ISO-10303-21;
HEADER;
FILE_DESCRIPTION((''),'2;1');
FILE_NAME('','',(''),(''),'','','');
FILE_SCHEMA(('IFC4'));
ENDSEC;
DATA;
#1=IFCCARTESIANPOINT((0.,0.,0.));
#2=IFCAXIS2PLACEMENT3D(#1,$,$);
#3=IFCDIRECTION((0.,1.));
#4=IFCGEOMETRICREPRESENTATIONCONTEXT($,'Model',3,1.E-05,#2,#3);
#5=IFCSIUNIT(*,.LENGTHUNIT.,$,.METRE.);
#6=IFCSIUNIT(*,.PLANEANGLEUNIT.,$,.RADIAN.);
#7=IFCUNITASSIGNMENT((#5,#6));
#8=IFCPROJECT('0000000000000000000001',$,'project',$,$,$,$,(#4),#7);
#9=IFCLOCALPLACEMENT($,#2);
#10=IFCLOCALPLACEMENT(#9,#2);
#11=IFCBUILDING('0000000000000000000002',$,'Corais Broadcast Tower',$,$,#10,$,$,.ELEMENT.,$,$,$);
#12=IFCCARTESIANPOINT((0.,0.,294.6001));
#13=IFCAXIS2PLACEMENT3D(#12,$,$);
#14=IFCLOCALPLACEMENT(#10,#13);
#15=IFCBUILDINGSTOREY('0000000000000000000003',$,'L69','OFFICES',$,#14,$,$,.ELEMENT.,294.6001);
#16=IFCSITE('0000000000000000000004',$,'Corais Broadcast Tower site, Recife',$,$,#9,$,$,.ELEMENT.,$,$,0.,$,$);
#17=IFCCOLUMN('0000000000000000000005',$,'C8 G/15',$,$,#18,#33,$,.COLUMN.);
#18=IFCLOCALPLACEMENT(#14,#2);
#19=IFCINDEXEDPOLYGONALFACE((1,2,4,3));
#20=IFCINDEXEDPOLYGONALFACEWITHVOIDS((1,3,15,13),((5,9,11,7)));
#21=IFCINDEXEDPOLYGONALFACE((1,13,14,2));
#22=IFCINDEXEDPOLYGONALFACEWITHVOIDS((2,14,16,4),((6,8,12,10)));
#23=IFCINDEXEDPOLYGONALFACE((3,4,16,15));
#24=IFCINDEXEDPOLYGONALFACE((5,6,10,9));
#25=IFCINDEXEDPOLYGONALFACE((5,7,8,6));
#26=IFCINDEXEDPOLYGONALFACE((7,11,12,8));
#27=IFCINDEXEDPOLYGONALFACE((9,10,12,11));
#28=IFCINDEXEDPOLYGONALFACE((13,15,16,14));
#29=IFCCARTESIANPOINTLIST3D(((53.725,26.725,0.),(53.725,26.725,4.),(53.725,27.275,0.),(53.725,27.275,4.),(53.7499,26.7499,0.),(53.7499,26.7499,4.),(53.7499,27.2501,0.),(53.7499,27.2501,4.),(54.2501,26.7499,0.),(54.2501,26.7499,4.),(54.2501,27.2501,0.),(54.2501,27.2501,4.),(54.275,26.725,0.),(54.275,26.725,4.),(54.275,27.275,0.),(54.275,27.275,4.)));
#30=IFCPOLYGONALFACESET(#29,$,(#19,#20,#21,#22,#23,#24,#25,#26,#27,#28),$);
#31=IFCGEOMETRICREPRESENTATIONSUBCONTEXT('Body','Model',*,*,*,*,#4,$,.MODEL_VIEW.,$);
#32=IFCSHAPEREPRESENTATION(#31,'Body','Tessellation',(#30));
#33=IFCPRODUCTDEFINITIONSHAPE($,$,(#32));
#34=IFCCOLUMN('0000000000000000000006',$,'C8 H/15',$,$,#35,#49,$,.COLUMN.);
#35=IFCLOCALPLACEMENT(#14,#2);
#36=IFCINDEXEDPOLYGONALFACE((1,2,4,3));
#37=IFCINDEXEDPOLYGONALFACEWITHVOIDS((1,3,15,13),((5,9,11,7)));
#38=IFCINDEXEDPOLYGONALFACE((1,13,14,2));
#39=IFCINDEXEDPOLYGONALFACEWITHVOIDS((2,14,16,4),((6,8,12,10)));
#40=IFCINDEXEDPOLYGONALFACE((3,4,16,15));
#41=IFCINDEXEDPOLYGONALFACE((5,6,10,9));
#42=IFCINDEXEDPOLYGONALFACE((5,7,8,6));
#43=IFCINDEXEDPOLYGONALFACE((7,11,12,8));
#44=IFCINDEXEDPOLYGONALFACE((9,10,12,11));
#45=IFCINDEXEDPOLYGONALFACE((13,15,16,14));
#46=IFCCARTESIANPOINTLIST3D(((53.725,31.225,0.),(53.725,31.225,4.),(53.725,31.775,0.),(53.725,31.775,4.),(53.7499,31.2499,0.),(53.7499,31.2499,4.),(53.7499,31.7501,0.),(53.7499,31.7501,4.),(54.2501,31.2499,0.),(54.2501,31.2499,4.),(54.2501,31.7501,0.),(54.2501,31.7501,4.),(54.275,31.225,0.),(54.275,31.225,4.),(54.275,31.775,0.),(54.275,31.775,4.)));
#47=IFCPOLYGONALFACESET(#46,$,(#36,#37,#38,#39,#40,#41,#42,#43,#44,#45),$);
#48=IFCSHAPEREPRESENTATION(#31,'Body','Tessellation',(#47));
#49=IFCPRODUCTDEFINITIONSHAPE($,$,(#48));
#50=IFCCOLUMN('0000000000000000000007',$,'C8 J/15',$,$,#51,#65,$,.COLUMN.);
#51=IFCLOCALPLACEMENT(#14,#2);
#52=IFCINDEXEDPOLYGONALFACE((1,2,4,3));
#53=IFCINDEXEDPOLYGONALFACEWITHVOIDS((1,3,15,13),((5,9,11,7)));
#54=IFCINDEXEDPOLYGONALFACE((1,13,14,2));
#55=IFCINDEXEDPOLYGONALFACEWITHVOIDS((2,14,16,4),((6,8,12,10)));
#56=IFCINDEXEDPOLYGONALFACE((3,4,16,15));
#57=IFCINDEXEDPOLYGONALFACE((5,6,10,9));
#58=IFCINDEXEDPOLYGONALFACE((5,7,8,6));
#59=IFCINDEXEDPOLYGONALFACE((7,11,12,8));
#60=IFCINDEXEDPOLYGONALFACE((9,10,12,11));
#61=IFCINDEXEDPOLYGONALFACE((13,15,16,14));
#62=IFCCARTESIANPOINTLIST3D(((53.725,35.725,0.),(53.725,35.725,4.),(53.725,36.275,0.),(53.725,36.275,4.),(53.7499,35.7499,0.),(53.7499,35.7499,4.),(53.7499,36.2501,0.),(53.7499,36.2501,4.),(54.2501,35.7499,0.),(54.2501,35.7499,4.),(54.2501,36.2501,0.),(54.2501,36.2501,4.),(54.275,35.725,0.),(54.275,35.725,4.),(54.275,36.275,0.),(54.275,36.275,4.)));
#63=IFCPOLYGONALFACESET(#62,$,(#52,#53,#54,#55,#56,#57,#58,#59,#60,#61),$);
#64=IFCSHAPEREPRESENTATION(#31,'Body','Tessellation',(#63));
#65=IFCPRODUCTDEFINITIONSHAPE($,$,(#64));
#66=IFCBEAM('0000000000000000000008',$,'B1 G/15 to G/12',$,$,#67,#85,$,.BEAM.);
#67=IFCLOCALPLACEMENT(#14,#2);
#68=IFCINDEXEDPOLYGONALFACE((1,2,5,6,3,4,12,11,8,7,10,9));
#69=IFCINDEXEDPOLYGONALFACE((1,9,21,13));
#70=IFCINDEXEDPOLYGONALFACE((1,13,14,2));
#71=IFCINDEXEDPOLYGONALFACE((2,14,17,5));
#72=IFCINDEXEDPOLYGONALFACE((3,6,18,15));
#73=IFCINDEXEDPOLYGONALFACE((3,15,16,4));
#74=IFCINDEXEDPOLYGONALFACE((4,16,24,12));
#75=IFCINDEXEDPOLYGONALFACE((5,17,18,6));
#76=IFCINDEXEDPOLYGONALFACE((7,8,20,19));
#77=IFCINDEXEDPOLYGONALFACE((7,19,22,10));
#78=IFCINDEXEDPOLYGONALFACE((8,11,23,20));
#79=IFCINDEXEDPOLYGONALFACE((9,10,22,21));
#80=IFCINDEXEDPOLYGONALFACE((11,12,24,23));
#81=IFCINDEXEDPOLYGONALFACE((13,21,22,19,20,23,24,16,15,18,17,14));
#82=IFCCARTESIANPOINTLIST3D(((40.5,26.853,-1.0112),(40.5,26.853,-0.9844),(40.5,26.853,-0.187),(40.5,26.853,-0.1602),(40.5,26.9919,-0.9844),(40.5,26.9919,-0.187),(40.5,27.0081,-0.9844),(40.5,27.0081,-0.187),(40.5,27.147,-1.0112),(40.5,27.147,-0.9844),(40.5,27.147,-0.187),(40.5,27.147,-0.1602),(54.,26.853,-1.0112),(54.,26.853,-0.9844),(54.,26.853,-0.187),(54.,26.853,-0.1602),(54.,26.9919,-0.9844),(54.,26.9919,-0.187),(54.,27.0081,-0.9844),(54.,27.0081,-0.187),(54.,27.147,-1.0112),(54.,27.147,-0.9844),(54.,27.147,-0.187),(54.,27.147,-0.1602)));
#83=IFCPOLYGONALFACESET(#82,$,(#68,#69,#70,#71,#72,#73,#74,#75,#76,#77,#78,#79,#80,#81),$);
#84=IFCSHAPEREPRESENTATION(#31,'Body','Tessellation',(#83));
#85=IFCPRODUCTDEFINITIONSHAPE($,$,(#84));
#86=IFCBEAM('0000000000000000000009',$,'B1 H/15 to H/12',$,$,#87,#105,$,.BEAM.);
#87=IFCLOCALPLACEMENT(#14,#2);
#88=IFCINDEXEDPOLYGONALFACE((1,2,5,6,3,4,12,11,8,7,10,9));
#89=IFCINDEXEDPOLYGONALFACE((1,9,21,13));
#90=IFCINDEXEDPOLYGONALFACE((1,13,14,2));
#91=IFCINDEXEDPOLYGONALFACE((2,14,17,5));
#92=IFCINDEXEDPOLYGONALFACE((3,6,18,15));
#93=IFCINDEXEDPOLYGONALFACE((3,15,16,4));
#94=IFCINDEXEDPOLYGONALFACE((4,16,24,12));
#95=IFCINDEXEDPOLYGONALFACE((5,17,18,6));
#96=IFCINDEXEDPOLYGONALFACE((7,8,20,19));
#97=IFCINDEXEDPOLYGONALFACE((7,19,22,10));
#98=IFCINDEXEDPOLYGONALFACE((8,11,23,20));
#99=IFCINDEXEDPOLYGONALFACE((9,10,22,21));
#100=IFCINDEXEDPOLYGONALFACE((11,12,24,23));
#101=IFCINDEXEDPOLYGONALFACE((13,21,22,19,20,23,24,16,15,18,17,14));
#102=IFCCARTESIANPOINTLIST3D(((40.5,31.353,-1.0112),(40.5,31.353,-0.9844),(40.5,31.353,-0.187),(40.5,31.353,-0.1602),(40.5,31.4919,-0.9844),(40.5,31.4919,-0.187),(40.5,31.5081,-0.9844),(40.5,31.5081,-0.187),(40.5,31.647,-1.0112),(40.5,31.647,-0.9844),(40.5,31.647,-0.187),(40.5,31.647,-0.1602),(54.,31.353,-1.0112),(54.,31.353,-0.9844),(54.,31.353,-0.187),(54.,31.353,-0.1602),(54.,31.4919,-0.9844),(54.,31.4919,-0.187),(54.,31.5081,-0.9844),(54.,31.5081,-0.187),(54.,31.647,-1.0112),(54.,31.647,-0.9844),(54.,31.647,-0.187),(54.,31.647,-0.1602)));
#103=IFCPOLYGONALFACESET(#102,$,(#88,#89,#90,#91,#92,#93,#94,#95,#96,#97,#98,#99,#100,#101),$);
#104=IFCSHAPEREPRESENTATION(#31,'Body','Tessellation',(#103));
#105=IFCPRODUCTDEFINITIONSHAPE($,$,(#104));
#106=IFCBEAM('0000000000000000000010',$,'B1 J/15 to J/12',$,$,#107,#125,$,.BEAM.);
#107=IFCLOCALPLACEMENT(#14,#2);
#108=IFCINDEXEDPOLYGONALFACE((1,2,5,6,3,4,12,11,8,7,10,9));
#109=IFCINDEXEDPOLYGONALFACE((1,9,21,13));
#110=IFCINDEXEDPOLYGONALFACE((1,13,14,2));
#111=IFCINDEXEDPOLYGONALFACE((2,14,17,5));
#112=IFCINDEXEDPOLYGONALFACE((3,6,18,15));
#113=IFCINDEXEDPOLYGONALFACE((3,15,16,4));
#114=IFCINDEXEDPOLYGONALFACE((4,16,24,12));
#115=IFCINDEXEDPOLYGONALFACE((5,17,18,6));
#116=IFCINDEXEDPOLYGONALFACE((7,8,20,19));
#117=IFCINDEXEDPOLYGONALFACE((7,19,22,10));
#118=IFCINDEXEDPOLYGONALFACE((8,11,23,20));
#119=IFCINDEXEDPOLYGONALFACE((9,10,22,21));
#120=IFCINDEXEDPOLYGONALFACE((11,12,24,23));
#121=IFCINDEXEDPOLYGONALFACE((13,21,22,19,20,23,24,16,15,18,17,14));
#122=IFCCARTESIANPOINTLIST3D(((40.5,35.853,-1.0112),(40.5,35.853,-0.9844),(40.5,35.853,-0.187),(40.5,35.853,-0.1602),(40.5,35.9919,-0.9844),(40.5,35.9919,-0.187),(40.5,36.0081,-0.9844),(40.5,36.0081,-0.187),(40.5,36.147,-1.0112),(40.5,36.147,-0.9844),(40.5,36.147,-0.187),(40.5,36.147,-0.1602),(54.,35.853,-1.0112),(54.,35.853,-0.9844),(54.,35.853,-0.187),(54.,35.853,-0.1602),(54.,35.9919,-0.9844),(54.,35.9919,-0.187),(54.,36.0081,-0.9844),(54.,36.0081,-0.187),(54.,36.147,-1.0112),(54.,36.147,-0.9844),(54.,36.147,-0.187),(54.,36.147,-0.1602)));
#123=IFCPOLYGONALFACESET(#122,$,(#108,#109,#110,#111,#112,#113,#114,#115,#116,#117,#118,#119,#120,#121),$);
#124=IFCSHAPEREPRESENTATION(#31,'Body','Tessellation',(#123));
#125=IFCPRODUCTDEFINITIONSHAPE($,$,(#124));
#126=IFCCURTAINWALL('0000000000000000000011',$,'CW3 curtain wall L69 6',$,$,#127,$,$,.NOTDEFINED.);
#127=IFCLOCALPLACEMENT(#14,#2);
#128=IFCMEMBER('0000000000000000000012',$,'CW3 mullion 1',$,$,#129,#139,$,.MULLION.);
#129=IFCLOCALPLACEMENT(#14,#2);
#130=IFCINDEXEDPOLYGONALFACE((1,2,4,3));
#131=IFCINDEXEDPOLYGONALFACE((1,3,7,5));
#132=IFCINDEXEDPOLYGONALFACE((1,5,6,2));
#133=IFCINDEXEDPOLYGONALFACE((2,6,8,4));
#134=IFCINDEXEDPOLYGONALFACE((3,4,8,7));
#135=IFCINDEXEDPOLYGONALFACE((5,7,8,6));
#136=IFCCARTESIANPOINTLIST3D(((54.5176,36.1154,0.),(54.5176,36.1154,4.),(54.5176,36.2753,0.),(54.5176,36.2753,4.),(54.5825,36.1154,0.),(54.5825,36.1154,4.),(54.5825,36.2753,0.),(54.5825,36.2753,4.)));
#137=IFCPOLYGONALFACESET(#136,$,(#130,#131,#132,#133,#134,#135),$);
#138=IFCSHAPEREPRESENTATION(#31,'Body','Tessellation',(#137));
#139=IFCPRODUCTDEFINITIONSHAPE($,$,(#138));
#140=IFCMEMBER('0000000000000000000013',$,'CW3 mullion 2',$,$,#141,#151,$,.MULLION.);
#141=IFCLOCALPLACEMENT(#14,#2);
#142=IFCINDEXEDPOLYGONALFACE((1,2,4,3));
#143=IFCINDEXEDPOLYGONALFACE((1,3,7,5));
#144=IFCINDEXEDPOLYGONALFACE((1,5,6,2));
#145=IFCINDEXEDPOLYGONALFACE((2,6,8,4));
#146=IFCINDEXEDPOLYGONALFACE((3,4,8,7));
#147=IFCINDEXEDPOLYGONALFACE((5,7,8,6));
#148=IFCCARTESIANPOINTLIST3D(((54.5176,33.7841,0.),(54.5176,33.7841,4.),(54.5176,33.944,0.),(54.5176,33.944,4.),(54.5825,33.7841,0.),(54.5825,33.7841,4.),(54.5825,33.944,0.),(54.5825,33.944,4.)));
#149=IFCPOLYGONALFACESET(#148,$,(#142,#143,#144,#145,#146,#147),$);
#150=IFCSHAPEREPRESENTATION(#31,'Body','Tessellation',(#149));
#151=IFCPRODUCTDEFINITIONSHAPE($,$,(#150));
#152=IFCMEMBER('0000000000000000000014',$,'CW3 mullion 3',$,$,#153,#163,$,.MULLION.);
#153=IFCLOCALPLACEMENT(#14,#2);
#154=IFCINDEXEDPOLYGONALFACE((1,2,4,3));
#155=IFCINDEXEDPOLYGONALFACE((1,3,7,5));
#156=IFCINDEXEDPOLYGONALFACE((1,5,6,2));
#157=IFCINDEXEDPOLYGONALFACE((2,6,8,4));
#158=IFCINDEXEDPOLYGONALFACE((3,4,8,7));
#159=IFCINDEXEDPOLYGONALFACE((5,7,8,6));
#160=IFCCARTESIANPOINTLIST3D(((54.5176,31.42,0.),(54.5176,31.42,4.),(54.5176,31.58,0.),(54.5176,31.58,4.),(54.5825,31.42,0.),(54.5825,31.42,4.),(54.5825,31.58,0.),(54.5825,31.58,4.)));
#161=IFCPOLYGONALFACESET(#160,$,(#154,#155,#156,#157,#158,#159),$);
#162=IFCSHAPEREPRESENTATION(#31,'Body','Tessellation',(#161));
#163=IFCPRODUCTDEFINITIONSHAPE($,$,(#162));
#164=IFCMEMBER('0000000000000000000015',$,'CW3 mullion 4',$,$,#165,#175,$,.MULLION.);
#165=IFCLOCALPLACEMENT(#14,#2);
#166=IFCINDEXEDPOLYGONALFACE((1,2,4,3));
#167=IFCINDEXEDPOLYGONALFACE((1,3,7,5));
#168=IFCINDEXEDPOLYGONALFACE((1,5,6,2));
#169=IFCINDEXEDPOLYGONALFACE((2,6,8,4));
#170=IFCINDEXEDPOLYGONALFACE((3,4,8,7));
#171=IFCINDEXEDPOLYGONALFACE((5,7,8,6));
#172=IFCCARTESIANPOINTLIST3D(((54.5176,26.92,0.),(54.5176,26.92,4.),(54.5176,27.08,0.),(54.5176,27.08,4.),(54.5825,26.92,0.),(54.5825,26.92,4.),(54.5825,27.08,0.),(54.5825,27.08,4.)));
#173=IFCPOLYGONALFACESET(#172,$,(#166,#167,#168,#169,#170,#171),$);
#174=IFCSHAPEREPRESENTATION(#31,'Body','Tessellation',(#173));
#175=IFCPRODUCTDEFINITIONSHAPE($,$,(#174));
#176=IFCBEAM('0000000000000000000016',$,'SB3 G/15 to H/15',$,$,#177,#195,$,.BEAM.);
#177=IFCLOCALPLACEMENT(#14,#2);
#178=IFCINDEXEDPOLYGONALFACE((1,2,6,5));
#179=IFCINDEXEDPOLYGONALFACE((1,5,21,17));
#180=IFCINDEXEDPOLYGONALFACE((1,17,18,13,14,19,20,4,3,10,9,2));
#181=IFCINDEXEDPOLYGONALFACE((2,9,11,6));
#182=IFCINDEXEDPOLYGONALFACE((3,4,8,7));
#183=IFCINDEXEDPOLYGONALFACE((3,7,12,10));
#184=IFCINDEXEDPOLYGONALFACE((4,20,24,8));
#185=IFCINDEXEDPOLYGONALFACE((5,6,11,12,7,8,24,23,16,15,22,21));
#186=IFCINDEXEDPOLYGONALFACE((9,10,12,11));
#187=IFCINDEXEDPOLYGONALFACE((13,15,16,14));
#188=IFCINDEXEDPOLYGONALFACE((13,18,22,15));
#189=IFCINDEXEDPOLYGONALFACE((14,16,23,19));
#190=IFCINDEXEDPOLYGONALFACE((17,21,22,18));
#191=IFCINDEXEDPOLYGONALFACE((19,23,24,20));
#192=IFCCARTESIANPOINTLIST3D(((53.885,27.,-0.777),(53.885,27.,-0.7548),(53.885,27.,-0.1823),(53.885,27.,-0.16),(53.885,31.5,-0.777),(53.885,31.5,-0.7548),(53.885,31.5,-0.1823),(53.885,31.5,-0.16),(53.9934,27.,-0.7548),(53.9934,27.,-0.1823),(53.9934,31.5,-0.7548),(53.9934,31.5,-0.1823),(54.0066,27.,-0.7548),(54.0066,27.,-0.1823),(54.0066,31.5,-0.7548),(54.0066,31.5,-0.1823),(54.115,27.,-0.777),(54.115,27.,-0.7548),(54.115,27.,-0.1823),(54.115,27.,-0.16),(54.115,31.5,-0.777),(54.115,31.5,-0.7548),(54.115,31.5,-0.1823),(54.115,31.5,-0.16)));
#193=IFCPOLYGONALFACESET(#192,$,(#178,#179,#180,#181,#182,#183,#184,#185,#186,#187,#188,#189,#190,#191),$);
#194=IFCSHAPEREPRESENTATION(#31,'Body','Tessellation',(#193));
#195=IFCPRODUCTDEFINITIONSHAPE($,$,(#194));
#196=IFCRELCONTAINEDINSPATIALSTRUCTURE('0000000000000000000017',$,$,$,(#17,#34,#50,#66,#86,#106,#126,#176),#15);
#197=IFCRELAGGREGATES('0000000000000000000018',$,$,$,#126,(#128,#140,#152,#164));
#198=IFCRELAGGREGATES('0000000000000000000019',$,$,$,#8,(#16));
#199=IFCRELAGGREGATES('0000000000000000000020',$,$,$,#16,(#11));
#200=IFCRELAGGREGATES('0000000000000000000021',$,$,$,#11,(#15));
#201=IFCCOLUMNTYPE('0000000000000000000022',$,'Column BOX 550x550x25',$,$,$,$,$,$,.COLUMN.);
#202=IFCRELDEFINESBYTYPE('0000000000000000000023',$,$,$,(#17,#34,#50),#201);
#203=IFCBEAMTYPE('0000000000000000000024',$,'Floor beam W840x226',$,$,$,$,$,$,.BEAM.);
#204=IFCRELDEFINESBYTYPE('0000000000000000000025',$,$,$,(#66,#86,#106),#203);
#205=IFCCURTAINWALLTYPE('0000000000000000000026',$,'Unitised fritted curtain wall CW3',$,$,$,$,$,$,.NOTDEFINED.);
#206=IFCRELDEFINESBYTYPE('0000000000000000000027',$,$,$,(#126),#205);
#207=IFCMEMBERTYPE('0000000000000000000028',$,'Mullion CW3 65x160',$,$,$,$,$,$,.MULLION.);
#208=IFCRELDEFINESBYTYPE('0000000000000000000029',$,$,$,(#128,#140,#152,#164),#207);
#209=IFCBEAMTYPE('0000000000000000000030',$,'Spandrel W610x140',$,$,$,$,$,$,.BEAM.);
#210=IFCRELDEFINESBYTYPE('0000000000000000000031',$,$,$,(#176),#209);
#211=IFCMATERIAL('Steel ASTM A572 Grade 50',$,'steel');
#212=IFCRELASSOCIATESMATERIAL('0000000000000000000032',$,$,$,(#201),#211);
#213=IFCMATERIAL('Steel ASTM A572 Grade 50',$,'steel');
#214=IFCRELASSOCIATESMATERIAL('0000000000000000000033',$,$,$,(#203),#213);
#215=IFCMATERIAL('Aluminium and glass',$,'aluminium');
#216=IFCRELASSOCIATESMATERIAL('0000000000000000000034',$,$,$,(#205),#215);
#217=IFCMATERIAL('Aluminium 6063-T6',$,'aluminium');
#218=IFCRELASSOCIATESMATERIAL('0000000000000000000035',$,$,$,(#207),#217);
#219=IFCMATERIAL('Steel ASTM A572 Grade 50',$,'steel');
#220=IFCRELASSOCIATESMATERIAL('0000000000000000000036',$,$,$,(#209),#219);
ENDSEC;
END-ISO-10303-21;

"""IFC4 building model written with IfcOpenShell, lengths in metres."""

from ifc_helpers import new_model, si_unit, direction, frame, origin, origin_2d, place, context, subcontext, project, spatial, rectangle, hollow_rectangle, i_section, extrude, material, material_profile, profile_set, type_object, element, aggregate, save


model = new_model("IFC4")

# Units and contexts
model_context = context("Model", 3, precision=1e-05, world=origin(), true_north=direction((0.0, 1.0)))
body_context = subcontext(model_context, "Body", "Model", "MODEL_VIEW")
ifc_project = project(units=[si_unit("LENGTHUNIT", "METRE"), si_unit("PLANEANGLEUNIT", "RADIAN")], contexts=[model_context])

# Site, building, storey
site_placement = place(None, origin())
site = spatial("IfcSite", under=ifc_project, at=site_placement, Name="Corais Broadcast Tower site, Recife", CompositionType="ELEMENT", RefElevation=0.0)
building_placement = place(site_placement, origin())
building = spatial("IfcBuilding", under=site, at=building_placement, Name="Corais Broadcast Tower", CompositionType="ELEMENT")
storey_placement = place(building_placement, frame((0.0, 0.0, 294.6001)))
storey = spatial("IfcBuildingStorey", under=building, at=storey_placement, Name="L69", Description="OFFICES", CompositionType="ELEMENT", Elevation=294.6001)

# Columns
ifc_material_1 = material(Name="Steel ASTM A572 Grade 50", Category="steel")
ifc_material_profile_1 = material_profile(ifc_material_1, hollow_rectangle(XDim=0.55, YDim=0.55, WallThickness=0.0249, at=origin_2d()), Name="BOX 550x550x25")
ifc_profile_set_1 = profile_set([ifc_material_profile_1], Name="Steel ASTM A572 Grade 50")
column_type = type_object("IfcColumnType", Name="Column BOX 550x550x25", PredefinedType="COLUMN", material=ifc_profile_set_1)
for number, where, z_axis, x_axis, name in (
    (1, (54.0, 27.0, 0.0), (0.0, 0.0, 1.0), (1.0, 0.0, 0.0), "C8 G/15"),
    (2, (54.0, 31.5, 0.0), (0.0, 0.0, 1.0), (1.0, 0.0, 0.0), "C8 H/15"),
    (3, (54.0, 36.0, 0.0), (0.0, 0.0, 1.0), (1.0, 0.0, 0.0), "C8 J/15"),
):
    element("IfcColumn", number, at=place(storey_placement, frame(where, z_axis=z_axis, x_axis=x_axis)), inside=storey, type_object=column_type, Name=name, PredefinedType="COLUMN", context=body_context, shape_type="SweptSolid", body=[
        extrude(hollow_rectangle(XDim=0.55, YDim=0.55, WallThickness=0.0249, at=origin_2d()), origin(), (0.0, 0.0, 1.0), 4.0),
    ])

# Beams
ifc_material_2 = material(Name="Steel ASTM A572 Grade 50", Category="steel")
ifc_material_profile_2 = material_profile(ifc_material_2, i_section(OverallWidth=0.2939, OverallDepth=0.8511, WebThickness=0.0161, FlangeThickness=0.0269, at=origin_2d()), Name="W840x226")
ifc_profile_set_2 = profile_set([ifc_material_profile_2], Name="Steel ASTM A572 Grade 50")
beam_type_1 = type_object("IfcBeamType", Name="Floor beam W840x226", PredefinedType="BEAM", material=ifc_profile_set_2)
for number, where, z_axis, x_axis, name in (
    (4, (54.0, 27.0, -0.5857), (-1.0, 0.0, 0.0), (0.0, -1.0, 0.0), "B1 G/15 to G/12"),
    (5, (54.0, 31.5, -0.5857), (-1.0, 0.0, 0.0), (0.0, -1.0, 0.0), "B1 H/15 to H/12"),
    (6, (54.0, 36.0, -0.5857), (-1.0, 0.0, 0.0), (0.0, -1.0, 0.0), "B1 J/15 to J/12"),
):
    element("IfcBeam", number, at=place(storey_placement, frame(where, z_axis=z_axis, x_axis=x_axis)), inside=storey, type_object=beam_type_1, Name=name, PredefinedType="BEAM", context=body_context, shape_type="SweptSolid", body=[
        extrude(i_section(OverallWidth=0.2939, OverallDepth=0.8511, WebThickness=0.0161, FlangeThickness=0.0269, at=origin_2d()), origin(), (0.0, 0.0, 1.0), 13.5),
    ])

# Curtain wall, members
ifc_material_3 = material(Name="Aluminium and glass", Category="aluminium")
curtain_wall_type = type_object("IfcCurtainWallType", Name="Unitised fritted curtain wall CW3", PredefinedType="NOTDEFINED", material=ifc_material_3)
curtain_wall_placement = place(storey_placement, origin())
curtain_wall = element("IfcCurtainWall", 7, at=curtain_wall_placement, inside=storey, type_object=curtain_wall_type, Name="CW3 curtain wall L69 6", PredefinedType="NOTDEFINED")
ifc_material_4 = material(Name="Aluminium 6063-T6", Category="aluminium")
ifc_material_profile_3 = material_profile(ifc_material_4, rectangle(XDim=0.0649, YDim=0.1599, at=origin_2d()), Name="Mullion CW3 65x160")
ifc_profile_set_3 = profile_set([ifc_material_profile_3], Name="Aluminium 6063-T6")
member_type_1 = type_object("IfcMemberType", Name="Mullion CW3 65x160", PredefinedType="MULLION", material=ifc_profile_set_3)
member_1_placement = place(storey_placement, frame((54.55, 36.1953, 0.0), z_axis=(0.0, 0.0, 1.0), x_axis=(1.0, 0.0, 0.0)))
member_1 = element("IfcMember", 8, at=member_1_placement, type_object=member_type_1, Name="CW3 mullion 1", PredefinedType="MULLION", context=body_context, shape_type="SweptSolid", body=[
    extrude(rectangle(XDim=0.0649, YDim=0.1599, at=origin_2d()), origin(), (0.0, 0.0, 1.0), 4.0),
])
member_2_placement = place(storey_placement, frame((54.55, 33.864, 0.0), z_axis=(0.0, 0.0, 1.0), x_axis=(1.0, 0.0, 0.0)))
member_2 = element("IfcMember", 9, at=member_2_placement, type_object=member_type_1, Name="CW3 mullion 2", PredefinedType="MULLION", context=body_context, shape_type="SweptSolid", body=[
    extrude(rectangle(XDim=0.0649, YDim=0.1599, at=origin_2d()), origin(), (0.0, 0.0, 1.0), 4.0),
])
member_3_placement = place(storey_placement, frame((54.55, 31.5, 0.0), z_axis=(0.0, 0.0, 1.0), x_axis=(1.0, 0.0, 0.0)))
member_3 = element("IfcMember", 10, at=member_3_placement, type_object=member_type_1, Name="CW3 mullion 3", PredefinedType="MULLION", context=body_context, shape_type="SweptSolid", body=[
    extrude(rectangle(XDim=0.0649, YDim=0.1599, at=origin_2d()), origin(), (0.0, 0.0, 1.0), 4.0),
])
member_4_placement = place(storey_placement, frame((54.55, 27.0, 0.0), z_axis=(0.0, 0.0, 1.0), x_axis=(1.0, 0.0, 0.0)))
member_4 = element("IfcMember", 11, at=member_4_placement, type_object=member_type_1, Name="CW3 mullion 4", PredefinedType="MULLION", context=body_context, shape_type="SweptSolid", body=[
    extrude(rectangle(XDim=0.0649, YDim=0.1599, at=origin_2d()), origin(), (0.0, 0.0, 1.0), 4.0),
])

# Beam
ifc_material_5 = material(Name="Steel ASTM A572 Grade 50", Category="steel")
ifc_material_profile_4 = material_profile(ifc_material_5, i_section(OverallWidth=0.23, OverallDepth=0.6169, WebThickness=0.0132, FlangeThickness=0.0222, at=origin_2d()), Name="W610x140")
ifc_profile_set_4 = profile_set([ifc_material_profile_4], Name="Steel ASTM A572 Grade 50")
beam_type_2 = type_object("IfcBeamType", Name="Spandrel W610x140", PredefinedType="BEAM", material=ifc_profile_set_4)
for number, where, z_axis, x_axis, name in (
    (12, (54.0, 27.0, -0.4685), (0.0, 1.0, 0.0), (-1.0, 0.0, 0.0), "SB3 G/15 to H/15"),
):
    element("IfcBeam", number, at=place(storey_placement, frame(where, z_axis=z_axis, x_axis=x_axis)), inside=storey, type_object=beam_type_2, Name=name, PredefinedType="BEAM", context=body_context, shape_type="SweptSolid", body=[
        extrude(i_section(OverallWidth=0.23, OverallDepth=0.6169, WebThickness=0.0132, FlangeThickness=0.0222, at=origin_2d()), origin(), (0.0, 0.0, 1.0), 4.5),
    ])

aggregate(curtain_wall, [member_1, member_2, member_3, member_4])

save(model, "model.ifc")
